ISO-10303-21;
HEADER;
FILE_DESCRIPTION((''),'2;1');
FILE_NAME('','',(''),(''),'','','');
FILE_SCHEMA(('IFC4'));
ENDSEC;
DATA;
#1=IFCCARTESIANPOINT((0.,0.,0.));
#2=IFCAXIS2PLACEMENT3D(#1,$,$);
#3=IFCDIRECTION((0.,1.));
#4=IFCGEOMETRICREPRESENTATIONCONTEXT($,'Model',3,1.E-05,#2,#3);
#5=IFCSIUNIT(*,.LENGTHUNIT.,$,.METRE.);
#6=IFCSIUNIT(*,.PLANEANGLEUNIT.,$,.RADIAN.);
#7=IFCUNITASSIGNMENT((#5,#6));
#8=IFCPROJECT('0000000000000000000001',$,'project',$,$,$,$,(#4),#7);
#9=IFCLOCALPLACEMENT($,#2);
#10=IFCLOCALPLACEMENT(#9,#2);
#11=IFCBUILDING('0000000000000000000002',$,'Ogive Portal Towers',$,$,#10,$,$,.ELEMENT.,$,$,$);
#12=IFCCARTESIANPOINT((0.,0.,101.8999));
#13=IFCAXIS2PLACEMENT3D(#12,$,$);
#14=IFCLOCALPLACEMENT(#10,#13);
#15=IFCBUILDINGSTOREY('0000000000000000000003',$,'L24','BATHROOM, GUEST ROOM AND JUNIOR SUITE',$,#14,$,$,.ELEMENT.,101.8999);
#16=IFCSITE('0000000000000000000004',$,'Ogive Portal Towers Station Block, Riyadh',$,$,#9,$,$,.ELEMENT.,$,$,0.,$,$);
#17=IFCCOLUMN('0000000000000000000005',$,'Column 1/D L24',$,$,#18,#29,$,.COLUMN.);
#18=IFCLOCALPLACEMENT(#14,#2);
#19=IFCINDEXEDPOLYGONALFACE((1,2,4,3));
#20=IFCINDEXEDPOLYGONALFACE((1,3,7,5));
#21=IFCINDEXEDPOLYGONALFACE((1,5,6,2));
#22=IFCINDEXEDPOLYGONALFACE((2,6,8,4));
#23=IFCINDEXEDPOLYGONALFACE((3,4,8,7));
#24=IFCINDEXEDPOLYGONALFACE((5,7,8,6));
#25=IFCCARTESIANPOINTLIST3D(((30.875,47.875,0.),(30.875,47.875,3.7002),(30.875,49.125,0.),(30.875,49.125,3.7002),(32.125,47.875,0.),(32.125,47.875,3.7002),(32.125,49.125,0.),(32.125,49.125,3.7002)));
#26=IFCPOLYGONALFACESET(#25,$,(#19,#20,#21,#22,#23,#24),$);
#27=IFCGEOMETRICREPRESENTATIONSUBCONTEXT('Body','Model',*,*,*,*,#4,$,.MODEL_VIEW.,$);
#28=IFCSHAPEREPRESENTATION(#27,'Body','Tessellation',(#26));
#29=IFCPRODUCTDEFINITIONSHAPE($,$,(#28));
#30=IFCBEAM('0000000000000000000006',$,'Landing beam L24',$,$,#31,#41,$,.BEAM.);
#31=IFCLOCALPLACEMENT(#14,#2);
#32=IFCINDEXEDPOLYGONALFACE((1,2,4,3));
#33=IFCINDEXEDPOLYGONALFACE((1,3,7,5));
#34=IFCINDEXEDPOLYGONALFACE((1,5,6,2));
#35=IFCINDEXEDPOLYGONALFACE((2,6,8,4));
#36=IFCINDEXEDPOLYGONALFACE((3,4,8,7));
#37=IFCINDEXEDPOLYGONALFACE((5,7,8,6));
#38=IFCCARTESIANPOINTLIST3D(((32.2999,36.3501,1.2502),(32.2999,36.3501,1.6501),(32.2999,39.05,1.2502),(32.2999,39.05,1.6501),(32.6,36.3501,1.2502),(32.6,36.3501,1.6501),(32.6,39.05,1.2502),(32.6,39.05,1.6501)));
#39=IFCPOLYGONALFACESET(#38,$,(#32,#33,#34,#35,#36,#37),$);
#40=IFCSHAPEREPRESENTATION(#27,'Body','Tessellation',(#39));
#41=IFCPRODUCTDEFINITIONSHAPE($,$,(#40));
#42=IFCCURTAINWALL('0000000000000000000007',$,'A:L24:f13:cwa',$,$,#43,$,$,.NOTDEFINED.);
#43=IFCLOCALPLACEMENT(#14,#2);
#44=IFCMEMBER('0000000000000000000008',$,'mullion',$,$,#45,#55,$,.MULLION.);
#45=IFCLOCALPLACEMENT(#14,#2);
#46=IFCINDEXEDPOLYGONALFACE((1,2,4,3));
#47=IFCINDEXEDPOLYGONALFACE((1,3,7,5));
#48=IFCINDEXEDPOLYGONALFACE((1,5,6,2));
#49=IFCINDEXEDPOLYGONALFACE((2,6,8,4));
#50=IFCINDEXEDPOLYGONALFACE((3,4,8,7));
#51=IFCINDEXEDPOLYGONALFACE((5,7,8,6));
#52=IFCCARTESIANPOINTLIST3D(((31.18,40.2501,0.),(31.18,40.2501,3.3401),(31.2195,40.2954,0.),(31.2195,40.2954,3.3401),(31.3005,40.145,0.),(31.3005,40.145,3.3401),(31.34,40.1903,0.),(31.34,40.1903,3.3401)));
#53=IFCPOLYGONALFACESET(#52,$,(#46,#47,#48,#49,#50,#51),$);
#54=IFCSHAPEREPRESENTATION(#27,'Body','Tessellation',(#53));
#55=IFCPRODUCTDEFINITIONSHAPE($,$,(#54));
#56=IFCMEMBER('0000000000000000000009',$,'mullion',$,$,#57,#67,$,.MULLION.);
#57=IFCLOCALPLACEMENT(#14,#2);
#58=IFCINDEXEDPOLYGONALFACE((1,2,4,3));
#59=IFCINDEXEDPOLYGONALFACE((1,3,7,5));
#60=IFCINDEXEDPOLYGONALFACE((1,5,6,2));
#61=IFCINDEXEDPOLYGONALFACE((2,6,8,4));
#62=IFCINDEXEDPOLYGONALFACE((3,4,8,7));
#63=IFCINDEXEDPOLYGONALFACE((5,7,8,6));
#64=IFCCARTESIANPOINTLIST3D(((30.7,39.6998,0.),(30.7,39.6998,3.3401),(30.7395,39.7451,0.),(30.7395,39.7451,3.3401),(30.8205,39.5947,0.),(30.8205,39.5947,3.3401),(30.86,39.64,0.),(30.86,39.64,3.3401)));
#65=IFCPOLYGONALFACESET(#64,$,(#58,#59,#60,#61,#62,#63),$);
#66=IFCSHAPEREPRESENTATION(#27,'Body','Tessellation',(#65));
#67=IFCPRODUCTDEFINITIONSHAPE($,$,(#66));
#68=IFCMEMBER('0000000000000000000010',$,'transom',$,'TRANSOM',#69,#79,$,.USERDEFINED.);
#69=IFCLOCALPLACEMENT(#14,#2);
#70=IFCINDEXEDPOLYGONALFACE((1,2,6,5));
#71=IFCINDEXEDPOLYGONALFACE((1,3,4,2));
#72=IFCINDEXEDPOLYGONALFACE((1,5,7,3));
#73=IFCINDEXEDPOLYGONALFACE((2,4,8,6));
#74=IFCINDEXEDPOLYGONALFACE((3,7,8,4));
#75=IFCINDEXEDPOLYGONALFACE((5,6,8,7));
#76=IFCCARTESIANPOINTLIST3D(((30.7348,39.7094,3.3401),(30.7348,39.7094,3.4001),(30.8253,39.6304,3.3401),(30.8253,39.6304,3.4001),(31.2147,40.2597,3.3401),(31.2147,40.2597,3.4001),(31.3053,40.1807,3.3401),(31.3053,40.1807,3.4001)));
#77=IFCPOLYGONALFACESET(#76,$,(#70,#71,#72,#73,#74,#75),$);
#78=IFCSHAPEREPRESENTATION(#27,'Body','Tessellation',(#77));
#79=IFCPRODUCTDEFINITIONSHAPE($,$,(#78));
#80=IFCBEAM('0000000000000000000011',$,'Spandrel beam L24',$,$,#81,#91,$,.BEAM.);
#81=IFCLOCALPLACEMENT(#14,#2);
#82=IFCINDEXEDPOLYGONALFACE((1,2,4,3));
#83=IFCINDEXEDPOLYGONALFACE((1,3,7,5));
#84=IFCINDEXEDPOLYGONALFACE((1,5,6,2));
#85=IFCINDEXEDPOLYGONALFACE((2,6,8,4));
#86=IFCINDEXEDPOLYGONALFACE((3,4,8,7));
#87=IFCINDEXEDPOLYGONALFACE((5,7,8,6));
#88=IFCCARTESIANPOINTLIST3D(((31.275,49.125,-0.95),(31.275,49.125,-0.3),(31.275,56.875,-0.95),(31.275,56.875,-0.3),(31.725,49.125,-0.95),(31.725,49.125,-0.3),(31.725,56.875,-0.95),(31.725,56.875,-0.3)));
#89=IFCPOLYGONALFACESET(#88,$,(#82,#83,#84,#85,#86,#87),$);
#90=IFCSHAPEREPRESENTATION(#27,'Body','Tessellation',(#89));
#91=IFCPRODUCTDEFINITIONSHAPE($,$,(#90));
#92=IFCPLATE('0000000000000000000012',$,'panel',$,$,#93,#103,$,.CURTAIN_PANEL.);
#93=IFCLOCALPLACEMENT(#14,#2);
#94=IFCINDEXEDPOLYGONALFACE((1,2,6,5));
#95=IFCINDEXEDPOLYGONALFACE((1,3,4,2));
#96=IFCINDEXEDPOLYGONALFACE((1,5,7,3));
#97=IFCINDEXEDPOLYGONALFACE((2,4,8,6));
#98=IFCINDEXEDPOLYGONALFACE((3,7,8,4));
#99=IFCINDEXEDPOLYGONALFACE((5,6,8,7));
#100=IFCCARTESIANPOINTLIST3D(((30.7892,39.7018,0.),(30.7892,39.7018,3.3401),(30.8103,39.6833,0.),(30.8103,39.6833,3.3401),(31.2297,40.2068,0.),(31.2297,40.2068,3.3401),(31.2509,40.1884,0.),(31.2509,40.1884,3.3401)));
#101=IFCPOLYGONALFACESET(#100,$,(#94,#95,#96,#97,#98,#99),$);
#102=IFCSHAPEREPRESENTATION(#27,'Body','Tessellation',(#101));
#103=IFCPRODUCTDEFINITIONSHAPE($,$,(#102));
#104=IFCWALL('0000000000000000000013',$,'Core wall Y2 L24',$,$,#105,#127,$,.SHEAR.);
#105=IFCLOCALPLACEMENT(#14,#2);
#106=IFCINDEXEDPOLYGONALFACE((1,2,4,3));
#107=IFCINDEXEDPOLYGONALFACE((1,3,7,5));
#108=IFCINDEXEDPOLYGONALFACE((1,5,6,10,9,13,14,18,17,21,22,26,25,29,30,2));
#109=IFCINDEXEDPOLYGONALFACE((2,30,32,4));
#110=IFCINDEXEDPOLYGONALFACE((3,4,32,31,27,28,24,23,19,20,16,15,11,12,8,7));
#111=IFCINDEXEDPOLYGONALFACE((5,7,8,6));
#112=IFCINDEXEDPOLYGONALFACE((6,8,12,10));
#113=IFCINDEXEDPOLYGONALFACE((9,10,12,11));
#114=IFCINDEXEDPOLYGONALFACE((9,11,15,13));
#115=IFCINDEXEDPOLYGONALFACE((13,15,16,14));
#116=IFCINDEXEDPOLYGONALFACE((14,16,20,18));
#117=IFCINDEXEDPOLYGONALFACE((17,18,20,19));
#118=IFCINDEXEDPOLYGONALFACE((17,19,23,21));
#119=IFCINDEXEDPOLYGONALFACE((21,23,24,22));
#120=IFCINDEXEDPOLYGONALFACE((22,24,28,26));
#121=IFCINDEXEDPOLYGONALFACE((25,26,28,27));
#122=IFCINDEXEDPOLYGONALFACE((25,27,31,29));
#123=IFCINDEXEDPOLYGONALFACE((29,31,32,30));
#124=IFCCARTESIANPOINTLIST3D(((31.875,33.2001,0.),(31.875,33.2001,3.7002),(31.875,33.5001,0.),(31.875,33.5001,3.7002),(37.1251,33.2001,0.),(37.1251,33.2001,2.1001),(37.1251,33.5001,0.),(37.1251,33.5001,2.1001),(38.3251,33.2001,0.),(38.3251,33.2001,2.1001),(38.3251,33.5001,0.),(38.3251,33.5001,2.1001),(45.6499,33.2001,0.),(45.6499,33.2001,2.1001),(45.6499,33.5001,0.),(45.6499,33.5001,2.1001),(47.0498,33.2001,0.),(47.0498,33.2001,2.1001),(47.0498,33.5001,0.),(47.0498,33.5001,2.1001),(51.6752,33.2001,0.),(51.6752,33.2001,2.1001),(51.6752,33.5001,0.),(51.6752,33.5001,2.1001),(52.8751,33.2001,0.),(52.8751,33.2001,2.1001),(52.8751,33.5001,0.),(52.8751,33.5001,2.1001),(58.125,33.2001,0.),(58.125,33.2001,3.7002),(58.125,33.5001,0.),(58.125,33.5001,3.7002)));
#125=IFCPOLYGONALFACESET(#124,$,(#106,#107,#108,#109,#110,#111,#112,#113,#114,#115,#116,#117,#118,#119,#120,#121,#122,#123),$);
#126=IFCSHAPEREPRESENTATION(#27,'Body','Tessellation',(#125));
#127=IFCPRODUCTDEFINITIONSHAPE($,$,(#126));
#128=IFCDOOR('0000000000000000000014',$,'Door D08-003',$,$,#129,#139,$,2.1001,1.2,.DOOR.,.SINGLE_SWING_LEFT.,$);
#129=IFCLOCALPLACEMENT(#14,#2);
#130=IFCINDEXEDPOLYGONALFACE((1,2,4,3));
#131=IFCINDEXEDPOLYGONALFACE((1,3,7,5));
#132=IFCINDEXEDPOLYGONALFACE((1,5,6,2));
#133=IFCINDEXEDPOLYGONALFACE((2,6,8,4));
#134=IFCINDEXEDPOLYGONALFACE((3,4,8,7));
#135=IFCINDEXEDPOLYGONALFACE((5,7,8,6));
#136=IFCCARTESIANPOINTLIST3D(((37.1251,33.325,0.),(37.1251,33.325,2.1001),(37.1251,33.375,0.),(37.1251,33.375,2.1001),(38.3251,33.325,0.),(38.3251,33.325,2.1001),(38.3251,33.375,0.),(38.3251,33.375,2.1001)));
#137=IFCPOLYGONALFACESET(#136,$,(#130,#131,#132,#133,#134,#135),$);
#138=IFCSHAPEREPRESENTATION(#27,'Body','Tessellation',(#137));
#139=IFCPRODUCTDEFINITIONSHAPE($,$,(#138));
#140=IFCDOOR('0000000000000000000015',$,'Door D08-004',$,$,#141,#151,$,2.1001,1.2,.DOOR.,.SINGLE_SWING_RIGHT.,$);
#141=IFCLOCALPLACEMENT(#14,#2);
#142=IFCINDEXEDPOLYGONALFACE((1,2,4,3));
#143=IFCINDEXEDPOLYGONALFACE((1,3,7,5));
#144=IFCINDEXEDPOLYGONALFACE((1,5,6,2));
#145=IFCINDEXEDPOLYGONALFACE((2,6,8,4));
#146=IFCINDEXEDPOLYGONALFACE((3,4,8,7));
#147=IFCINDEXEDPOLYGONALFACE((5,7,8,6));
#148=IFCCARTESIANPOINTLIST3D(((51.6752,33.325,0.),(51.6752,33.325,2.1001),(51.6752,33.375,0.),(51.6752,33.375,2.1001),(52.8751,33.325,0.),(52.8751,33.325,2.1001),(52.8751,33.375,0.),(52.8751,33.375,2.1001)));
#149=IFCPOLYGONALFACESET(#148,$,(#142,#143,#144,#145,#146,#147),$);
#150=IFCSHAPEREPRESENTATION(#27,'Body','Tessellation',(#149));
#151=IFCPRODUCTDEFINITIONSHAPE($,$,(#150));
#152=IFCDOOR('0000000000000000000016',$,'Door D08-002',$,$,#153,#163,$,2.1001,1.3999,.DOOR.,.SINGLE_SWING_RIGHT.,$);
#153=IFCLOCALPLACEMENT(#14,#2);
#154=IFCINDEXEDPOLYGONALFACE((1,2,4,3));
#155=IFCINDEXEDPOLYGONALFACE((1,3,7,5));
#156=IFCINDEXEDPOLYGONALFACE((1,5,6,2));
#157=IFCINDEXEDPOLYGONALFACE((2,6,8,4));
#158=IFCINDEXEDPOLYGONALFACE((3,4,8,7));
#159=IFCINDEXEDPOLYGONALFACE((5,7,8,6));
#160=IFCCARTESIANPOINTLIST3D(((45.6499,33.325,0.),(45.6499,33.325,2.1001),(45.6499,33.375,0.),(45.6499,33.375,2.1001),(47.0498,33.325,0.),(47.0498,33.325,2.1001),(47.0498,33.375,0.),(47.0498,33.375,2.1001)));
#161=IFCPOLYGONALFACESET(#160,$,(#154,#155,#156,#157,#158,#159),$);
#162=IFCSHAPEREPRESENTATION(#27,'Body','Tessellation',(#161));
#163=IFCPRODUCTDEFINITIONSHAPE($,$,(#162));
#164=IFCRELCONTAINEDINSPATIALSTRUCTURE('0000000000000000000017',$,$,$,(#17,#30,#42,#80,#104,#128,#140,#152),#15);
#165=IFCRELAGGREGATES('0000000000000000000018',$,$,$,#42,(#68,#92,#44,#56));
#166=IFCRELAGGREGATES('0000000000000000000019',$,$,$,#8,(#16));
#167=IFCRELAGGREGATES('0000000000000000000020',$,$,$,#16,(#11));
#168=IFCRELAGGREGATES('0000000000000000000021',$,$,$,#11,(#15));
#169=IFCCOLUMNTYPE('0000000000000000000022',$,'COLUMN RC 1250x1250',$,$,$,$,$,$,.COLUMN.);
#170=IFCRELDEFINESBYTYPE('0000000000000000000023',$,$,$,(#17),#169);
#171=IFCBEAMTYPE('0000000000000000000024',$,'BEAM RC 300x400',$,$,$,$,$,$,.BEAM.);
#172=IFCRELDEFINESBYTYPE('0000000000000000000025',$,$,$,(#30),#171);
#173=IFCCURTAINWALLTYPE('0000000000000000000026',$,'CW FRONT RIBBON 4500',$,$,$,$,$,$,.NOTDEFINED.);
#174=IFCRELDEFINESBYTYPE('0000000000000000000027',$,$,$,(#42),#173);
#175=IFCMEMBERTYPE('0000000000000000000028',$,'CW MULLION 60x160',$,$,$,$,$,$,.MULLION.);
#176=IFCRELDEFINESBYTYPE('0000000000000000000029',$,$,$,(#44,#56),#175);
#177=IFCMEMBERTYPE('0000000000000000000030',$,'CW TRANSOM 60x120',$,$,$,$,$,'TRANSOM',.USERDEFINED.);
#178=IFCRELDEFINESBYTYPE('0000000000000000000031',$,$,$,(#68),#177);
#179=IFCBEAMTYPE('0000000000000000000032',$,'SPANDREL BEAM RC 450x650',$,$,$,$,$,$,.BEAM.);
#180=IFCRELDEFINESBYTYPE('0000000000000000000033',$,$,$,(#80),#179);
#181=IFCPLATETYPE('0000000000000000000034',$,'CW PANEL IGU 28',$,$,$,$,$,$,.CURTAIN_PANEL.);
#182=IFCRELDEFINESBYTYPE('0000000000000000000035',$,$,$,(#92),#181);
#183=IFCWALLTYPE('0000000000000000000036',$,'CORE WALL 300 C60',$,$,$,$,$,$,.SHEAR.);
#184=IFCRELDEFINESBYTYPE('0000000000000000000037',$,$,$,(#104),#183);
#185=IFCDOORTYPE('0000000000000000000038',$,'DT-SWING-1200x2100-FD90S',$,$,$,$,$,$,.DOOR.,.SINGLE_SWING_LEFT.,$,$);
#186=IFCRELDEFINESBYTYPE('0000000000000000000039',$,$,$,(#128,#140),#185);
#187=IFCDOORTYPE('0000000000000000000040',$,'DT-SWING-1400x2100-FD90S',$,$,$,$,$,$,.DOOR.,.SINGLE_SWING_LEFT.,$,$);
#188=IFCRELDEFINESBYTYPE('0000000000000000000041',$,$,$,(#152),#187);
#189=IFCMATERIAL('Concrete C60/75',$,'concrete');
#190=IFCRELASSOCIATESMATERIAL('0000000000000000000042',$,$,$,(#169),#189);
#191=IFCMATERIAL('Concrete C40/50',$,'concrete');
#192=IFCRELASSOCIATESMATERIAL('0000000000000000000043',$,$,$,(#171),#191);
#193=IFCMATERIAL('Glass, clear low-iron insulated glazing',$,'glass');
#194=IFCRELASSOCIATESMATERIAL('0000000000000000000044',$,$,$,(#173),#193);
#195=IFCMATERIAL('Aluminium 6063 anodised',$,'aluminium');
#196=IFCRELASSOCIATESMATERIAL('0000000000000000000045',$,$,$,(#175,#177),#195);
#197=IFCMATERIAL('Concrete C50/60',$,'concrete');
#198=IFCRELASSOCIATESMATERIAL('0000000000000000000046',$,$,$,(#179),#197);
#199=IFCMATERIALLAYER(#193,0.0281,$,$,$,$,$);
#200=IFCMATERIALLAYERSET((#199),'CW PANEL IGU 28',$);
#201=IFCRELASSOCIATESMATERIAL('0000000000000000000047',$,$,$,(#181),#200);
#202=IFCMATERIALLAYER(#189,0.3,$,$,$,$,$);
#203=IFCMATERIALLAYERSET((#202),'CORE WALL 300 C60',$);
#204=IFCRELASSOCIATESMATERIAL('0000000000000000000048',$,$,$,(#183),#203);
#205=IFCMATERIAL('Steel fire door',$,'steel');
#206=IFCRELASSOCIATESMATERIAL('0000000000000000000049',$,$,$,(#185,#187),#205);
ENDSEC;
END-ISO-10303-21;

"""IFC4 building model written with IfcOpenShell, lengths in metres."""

from ifc_helpers import new_model, si_unit, direction, frame, frame_2d, origin, origin_2d, place, context, subcontext, project, spatial, rectangle, extrude, material, layer, layer_set, material_profile, profile_set, type_object, element, fill, aggregate, save


model = new_model("IFC4")

# Units and contexts
model_context = context("Model", 3, precision=1e-05, world=origin(), true_north=direction((0.0, 1.0)))
body_context = subcontext(model_context, "Body", "Model", "MODEL_VIEW")
ifc_project = project(units=[si_unit("LENGTHUNIT", "METRE"), si_unit("PLANEANGLEUNIT", "RADIAN")], contexts=[model_context])

# Site, building, storey
site_placement = place(None, origin())
site = spatial("IfcSite", under=ifc_project, at=site_placement, Name="Ogive Portal Towers Station Block, Riyadh", CompositionType="ELEMENT", RefElevation=0.0)
building_placement = place(site_placement, origin())
building = spatial("IfcBuilding", under=site, at=building_placement, Name="Ogive Portal Towers", CompositionType="ELEMENT")
storey_placement = place(building_placement, frame((0.0, 0.0, 101.8999)))
storey = spatial("IfcBuildingStorey", under=building, at=storey_placement, Name="L24", Description="BATHROOM, GUEST ROOM AND JUNIOR SUITE", CompositionType="ELEMENT", Elevation=101.8999)

# Column
ifc_material_1 = material(Name="Concrete C60/75", Category="concrete")
ifc_material_profile_1 = material_profile(ifc_material_1, rectangle(XDim=1.25, YDim=1.25, at=origin_2d()), Name="RC 1250x1250")
ifc_profile_set_1 = profile_set([ifc_material_profile_1], Name="Concrete C60/75")
column_type = type_object("IfcColumnType", Name="COLUMN RC 1250x1250", PredefinedType="COLUMN", material=ifc_profile_set_1)
column_placement = place(storey_placement, frame((31.5, 48.5, 0.0), z_axis=(0.0, 0.0, 1.0), x_axis=(1.0, 0.0, 0.0)))
element("IfcColumn", 1, at=column_placement, inside=storey, type_object=column_type, Name="Column 1/D L24", PredefinedType="COLUMN", context=body_context, shape_type="SweptSolid", body=[
    extrude(rectangle(XDim=1.25, YDim=1.25, at=origin_2d()), origin(), (0.0, 0.0, 1.0), 3.7002),
])

# Beam
ifc_material_2 = material(Name="Concrete C40/50", Category="concrete")
ifc_material_profile_2 = material_profile(ifc_material_2, rectangle(XDim=0.3, YDim=0.3999, at=origin_2d()), Name="RC 300x400")
ifc_profile_set_2 = profile_set([ifc_material_profile_2], Name="Concrete C40/50")
beam_type_1 = type_object("IfcBeamType", Name="BEAM RC 300x400", PredefinedType="BEAM", material=ifc_profile_set_2)
beam_1_placement = place(storey_placement, frame((32.45, 36.3501, 1.4502), z_axis=(0.0, 1.0, 0.0), x_axis=(-1.0, 0.0, 0.0)))
element("IfcBeam", 2, at=beam_1_placement, inside=storey, type_object=beam_type_1, Name="Landing beam L24", PredefinedType="BEAM", context=body_context, shape_type="SweptSolid", body=[
    extrude(rectangle(XDim=0.3, YDim=0.3999, at=origin_2d()), origin(), (0.0, 0.0, 1.0), 2.7),
])

# Curtain wall, members
ifc_material_3 = material(Name="Glass, clear low-iron insulated glazing", Category="glass")
curtain_wall_type = type_object("IfcCurtainWallType", Name="CW FRONT RIBBON 4500", PredefinedType="NOTDEFINED", material=ifc_material_3)
curtain_wall_placement = place(storey_placement, origin())
curtain_wall = element("IfcCurtainWall", 3, at=curtain_wall_placement, inside=storey, type_object=curtain_wall_type, Name="A:L24:f13:cwa", PredefinedType="NOTDEFINED")
ifc_material_4 = material(Name="Aluminium 6063 anodised", Category="aluminium")
ifc_material_profile_3 = material_profile(ifc_material_4, rectangle(XDim=0.1599, YDim=0.0601, at=origin_2d()), Name="AL 60x160")
ifc_profile_set_3 = profile_set([ifc_material_profile_3], Name="Aluminium 6063 anodised")
member_type_1 = type_object("IfcMemberType", Name="CW MULLION 60x160", PredefinedType="MULLION", material=ifc_profile_set_3)
member_1_placement = place(storey_placement, frame((31.26, 40.2202, 0.0), z_axis=(0.0, 0.0, 1.0), x_axis=(0.753599, -0.657335, 0.0)))
member_1 = element("IfcMember", 4, at=member_1_placement, type_object=member_type_1, Name="mullion", PredefinedType="MULLION", context=body_context, shape_type="SweptSolid", body=[
    extrude(rectangle(XDim=0.1599, YDim=0.0601, at=origin_2d()), origin(), (0.0, 0.0, 1.0), 3.3401),
])
member_2_placement = place(storey_placement, frame((30.78, 39.6699, 0.0), z_axis=(0.0, 0.0, 1.0), x_axis=(0.753599, -0.657335, 0.0)))
member_2 = element("IfcMember", 5, at=member_2_placement, type_object=member_type_1, Name="mullion", PredefinedType="MULLION", context=body_context, shape_type="SweptSolid", body=[
    extrude(rectangle(XDim=0.1599, YDim=0.0601, at=origin_2d()), origin(), (0.0, 0.0, 1.0), 3.3401),
])
ifc_material_profile_4 = material_profile(ifc_material_4, rectangle(XDim=0.1201, YDim=0.0601, at=origin_2d()), Name="AL 120x60")
ifc_profile_set_4 = profile_set([ifc_material_profile_4], Name="Aluminium 6063 anodised")
member_type_2 = type_object("IfcMemberType", Name="CW TRANSOM 60x120", ElementType="TRANSOM", PredefinedType="USERDEFINED", material=ifc_profile_set_4)
member_3_placement = place(storey_placement, frame((31.26, 40.2202, 3.3701), z_axis=(-0.65732, -0.753611, 0.0), x_axis=(0.753611, -0.65732, 0.0)))
member_3 = element("IfcMember", 6, at=member_3_placement, type_object=member_type_2, Name="transom", ObjectType="TRANSOM", PredefinedType="USERDEFINED", context=body_context, shape_type="SweptSolid", body=[
    extrude(rectangle(XDim=0.1201, YDim=0.0601, at=origin_2d()), origin(), (0.0, 0.0, 1.0), 0.7302),
])

# Beam
ifc_material_5 = material(Name="Concrete C50/60", Category="concrete")
ifc_material_profile_5 = material_profile(ifc_material_5, rectangle(XDim=0.45, YDim=0.6499, at=origin_2d()), Name="RC 450x650")
ifc_profile_set_5 = profile_set([ifc_material_profile_5], Name="Concrete C50/60")
beam_type_2 = type_object("IfcBeamType", Name="SPANDREL BEAM RC 450x650", PredefinedType="BEAM", material=ifc_profile_set_5)
beam_2_placement = place(storey_placement, frame((31.5, 49.125, -0.625), z_axis=(0.0, 1.0, 0.0), x_axis=(-1.0, 0.0, 0.0)))
element("IfcBeam", 7, at=beam_2_placement, inside=storey, type_object=beam_type_2, Name="Spandrel beam L24", PredefinedType="BEAM", context=body_context, shape_type="SweptSolid", body=[
    extrude(rectangle(XDim=0.45, YDim=0.6499, at=origin_2d()), origin(), (0.0, 0.0, 1.0), 7.75),
])

# Plate
ifc_layer_1 = layer(ifc_material_3, 0.0281)
ifc_layer_set_1 = layer_set([ifc_layer_1], Name="CW PANEL IGU 28")
plate_type = type_object("IfcPlateType", Name="CW PANEL IGU 28", PredefinedType="CURTAIN_PANEL", material=ifc_layer_set_1)
plate_placement = place(storey_placement, frame((31.02, 39.9451, 0.0), z_axis=(0.0, 0.0, 1.0), x_axis=(-0.657335, -0.753599, 0.0)))
plate = element("IfcPlate", 8, at=plate_placement, type_object=plate_type, Name="panel", PredefinedType="CURTAIN_PANEL", context=body_context, shape_type="SweptSolid", body=[
    extrude(rectangle(XDim=0.6702, YDim=0.0281, at=origin_2d()), origin(), (0.0, 0.0, 1.0), 3.3401),
])
aggregate(curtain_wall, [member_3, plate, member_1, member_2])

# Wall, openings, doors
ifc_layer_2 = layer(ifc_material_1, 0.3)
ifc_layer_set_2 = layer_set([ifc_layer_2], Name="CORE WALL 300 C60")
wall_type_1 = type_object("IfcWallType", Name="CORE WALL 300 C60", PredefinedType="SHEAR", material=ifc_layer_set_2)
wall_1_placement = place(storey_placement, frame((31.875, 33.3501, 0.0), z_axis=(0.0, 0.0, 1.0), x_axis=(1.0, 0.0, 0.0)))
wall_1 = element("IfcWall", 9, at=wall_1_placement, inside=storey, type_object=wall_type_1, Name="Core wall Y2 L24", PredefinedType="SHEAR", context=body_context, shape_type="SweptSolid", body=[
    extrude(rectangle(XDim=26.25, YDim=0.3, at=frame_2d((13.125, 0.0))), origin(), (0.0, 0.0, 1.0), 3.7002),
])
opening_1_placement = place(wall_1_placement, frame((13.7749, 0.0, 0.0)))
opening_1 = element("IfcOpeningElement", 10, at=opening_1_placement, cuts=wall_1, PredefinedType="OPENING", context=body_context, shape_type="SweptSolid", body=[
    extrude(rectangle(XDim=1.3999, YDim=2.1001, at=frame_2d((0.7, 1.05))), frame((0.0, 0.1602, 0.0), z_axis=(0.0, -1.0, 0.0), x_axis=(1.0, 0.0, 0.0)), (0.0, 0.0, 1.0), 0.3201),
])
opening_2_placement = place(wall_1_placement, frame((5.25, 0.0, 0.0)))
opening_2 = element("IfcOpeningElement", 11, at=opening_2_placement, cuts=wall_1, PredefinedType="OPENING", context=body_context, shape_type="SweptSolid", body=[
    extrude(rectangle(XDim=1.2, YDim=2.1001, at=frame_2d((0.6001, 1.05))), frame((0.0, 0.1602, 0.0), z_axis=(0.0, -1.0, 0.0), x_axis=(1.0, 0.0, 0.0)), (0.0, 0.0, 1.0), 0.3201),
])
opening_3_placement = place(wall_1_placement, frame((19.8, 0.0, 0.0)))
opening_3 = element("IfcOpeningElement", 12, at=opening_3_placement, cuts=wall_1, PredefinedType="OPENING", context=body_context, shape_type="SweptSolid", body=[
    extrude(rectangle(XDim=1.2, YDim=2.1001, at=frame_2d((0.6001, 1.05))), frame((0.0, 0.1602, 0.0), z_axis=(0.0, -1.0, 0.0), x_axis=(1.0, 0.0, 0.0)), (0.0, 0.0, 1.0), 0.3201),
])
ifc_material_6 = material(Name="Steel fire door", Category="steel")
door_type_1 = type_object("IfcDoorType", Name="DT-SWING-1200x2100-FD90S", OperationType="SINGLE_SWING_LEFT", PredefinedType="DOOR", material=ifc_material_6)
door_1_placement = place(opening_2_placement, origin())
door_1 = element("IfcDoor", 13, at=door_1_placement, inside=storey, type_object=door_type_1, Name="Door D08-003", OperationType="SINGLE_SWING_LEFT", OverallHeight=2.1001, OverallWidth=1.2, PredefinedType="DOOR", context=body_context, shape_type="SweptSolid", body=[
    extrude(rectangle(XDim=1.2, YDim=2.1001, at=frame_2d((0.6001, 1.05))), frame((0.0, 0.0249, 0.0), z_axis=(0.0, -1.0, 0.0), x_axis=(1.0, 0.0, 0.0)), (0.0, 0.0, 1.0), 0.05),
])
fill(opening_2, door_1)
door_2_placement = place(opening_3_placement, origin())
door_2 = element("IfcDoor", 14, at=door_2_placement, inside=storey, type_object=door_type_1, Name="Door D08-004", OperationType="SINGLE_SWING_RIGHT", OverallHeight=2.1001, OverallWidth=1.2, PredefinedType="DOOR", context=body_context, shape_type="SweptSolid", body=[
    extrude(rectangle(XDim=1.2, YDim=2.1001, at=frame_2d((0.6001, 1.05))), frame((0.0, 0.0249, 0.0), z_axis=(0.0, -1.0, 0.0), x_axis=(1.0, 0.0, 0.0)), (0.0, 0.0, 1.0), 0.05),
])
fill(opening_3, door_2)
door_type_2 = type_object("IfcDoorType", Name="DT-SWING-1400x2100-FD90S", OperationType="SINGLE_SWING_LEFT", PredefinedType="DOOR", material=ifc_material_6)
door_3_placement = place(opening_1_placement, origin())
door_3 = element("IfcDoor", 15, at=door_3_placement, inside=storey, type_object=door_type_2, Name="Door D08-002", OperationType="SINGLE_SWING_RIGHT", OverallHeight=2.1001, OverallWidth=1.3999, PredefinedType="DOOR", context=body_context, shape_type="SweptSolid", body=[
    extrude(rectangle(XDim=1.3999, YDim=2.1001, at=frame_2d((0.7, 1.05))), frame((0.0, 0.0249, 0.0), z_axis=(0.0, -1.0, 0.0), x_axis=(1.0, 0.0, 0.0)), (0.0, 0.0, 1.0), 0.05),
])
fill(opening_1, door_3)

save(model, "model.ifc")
